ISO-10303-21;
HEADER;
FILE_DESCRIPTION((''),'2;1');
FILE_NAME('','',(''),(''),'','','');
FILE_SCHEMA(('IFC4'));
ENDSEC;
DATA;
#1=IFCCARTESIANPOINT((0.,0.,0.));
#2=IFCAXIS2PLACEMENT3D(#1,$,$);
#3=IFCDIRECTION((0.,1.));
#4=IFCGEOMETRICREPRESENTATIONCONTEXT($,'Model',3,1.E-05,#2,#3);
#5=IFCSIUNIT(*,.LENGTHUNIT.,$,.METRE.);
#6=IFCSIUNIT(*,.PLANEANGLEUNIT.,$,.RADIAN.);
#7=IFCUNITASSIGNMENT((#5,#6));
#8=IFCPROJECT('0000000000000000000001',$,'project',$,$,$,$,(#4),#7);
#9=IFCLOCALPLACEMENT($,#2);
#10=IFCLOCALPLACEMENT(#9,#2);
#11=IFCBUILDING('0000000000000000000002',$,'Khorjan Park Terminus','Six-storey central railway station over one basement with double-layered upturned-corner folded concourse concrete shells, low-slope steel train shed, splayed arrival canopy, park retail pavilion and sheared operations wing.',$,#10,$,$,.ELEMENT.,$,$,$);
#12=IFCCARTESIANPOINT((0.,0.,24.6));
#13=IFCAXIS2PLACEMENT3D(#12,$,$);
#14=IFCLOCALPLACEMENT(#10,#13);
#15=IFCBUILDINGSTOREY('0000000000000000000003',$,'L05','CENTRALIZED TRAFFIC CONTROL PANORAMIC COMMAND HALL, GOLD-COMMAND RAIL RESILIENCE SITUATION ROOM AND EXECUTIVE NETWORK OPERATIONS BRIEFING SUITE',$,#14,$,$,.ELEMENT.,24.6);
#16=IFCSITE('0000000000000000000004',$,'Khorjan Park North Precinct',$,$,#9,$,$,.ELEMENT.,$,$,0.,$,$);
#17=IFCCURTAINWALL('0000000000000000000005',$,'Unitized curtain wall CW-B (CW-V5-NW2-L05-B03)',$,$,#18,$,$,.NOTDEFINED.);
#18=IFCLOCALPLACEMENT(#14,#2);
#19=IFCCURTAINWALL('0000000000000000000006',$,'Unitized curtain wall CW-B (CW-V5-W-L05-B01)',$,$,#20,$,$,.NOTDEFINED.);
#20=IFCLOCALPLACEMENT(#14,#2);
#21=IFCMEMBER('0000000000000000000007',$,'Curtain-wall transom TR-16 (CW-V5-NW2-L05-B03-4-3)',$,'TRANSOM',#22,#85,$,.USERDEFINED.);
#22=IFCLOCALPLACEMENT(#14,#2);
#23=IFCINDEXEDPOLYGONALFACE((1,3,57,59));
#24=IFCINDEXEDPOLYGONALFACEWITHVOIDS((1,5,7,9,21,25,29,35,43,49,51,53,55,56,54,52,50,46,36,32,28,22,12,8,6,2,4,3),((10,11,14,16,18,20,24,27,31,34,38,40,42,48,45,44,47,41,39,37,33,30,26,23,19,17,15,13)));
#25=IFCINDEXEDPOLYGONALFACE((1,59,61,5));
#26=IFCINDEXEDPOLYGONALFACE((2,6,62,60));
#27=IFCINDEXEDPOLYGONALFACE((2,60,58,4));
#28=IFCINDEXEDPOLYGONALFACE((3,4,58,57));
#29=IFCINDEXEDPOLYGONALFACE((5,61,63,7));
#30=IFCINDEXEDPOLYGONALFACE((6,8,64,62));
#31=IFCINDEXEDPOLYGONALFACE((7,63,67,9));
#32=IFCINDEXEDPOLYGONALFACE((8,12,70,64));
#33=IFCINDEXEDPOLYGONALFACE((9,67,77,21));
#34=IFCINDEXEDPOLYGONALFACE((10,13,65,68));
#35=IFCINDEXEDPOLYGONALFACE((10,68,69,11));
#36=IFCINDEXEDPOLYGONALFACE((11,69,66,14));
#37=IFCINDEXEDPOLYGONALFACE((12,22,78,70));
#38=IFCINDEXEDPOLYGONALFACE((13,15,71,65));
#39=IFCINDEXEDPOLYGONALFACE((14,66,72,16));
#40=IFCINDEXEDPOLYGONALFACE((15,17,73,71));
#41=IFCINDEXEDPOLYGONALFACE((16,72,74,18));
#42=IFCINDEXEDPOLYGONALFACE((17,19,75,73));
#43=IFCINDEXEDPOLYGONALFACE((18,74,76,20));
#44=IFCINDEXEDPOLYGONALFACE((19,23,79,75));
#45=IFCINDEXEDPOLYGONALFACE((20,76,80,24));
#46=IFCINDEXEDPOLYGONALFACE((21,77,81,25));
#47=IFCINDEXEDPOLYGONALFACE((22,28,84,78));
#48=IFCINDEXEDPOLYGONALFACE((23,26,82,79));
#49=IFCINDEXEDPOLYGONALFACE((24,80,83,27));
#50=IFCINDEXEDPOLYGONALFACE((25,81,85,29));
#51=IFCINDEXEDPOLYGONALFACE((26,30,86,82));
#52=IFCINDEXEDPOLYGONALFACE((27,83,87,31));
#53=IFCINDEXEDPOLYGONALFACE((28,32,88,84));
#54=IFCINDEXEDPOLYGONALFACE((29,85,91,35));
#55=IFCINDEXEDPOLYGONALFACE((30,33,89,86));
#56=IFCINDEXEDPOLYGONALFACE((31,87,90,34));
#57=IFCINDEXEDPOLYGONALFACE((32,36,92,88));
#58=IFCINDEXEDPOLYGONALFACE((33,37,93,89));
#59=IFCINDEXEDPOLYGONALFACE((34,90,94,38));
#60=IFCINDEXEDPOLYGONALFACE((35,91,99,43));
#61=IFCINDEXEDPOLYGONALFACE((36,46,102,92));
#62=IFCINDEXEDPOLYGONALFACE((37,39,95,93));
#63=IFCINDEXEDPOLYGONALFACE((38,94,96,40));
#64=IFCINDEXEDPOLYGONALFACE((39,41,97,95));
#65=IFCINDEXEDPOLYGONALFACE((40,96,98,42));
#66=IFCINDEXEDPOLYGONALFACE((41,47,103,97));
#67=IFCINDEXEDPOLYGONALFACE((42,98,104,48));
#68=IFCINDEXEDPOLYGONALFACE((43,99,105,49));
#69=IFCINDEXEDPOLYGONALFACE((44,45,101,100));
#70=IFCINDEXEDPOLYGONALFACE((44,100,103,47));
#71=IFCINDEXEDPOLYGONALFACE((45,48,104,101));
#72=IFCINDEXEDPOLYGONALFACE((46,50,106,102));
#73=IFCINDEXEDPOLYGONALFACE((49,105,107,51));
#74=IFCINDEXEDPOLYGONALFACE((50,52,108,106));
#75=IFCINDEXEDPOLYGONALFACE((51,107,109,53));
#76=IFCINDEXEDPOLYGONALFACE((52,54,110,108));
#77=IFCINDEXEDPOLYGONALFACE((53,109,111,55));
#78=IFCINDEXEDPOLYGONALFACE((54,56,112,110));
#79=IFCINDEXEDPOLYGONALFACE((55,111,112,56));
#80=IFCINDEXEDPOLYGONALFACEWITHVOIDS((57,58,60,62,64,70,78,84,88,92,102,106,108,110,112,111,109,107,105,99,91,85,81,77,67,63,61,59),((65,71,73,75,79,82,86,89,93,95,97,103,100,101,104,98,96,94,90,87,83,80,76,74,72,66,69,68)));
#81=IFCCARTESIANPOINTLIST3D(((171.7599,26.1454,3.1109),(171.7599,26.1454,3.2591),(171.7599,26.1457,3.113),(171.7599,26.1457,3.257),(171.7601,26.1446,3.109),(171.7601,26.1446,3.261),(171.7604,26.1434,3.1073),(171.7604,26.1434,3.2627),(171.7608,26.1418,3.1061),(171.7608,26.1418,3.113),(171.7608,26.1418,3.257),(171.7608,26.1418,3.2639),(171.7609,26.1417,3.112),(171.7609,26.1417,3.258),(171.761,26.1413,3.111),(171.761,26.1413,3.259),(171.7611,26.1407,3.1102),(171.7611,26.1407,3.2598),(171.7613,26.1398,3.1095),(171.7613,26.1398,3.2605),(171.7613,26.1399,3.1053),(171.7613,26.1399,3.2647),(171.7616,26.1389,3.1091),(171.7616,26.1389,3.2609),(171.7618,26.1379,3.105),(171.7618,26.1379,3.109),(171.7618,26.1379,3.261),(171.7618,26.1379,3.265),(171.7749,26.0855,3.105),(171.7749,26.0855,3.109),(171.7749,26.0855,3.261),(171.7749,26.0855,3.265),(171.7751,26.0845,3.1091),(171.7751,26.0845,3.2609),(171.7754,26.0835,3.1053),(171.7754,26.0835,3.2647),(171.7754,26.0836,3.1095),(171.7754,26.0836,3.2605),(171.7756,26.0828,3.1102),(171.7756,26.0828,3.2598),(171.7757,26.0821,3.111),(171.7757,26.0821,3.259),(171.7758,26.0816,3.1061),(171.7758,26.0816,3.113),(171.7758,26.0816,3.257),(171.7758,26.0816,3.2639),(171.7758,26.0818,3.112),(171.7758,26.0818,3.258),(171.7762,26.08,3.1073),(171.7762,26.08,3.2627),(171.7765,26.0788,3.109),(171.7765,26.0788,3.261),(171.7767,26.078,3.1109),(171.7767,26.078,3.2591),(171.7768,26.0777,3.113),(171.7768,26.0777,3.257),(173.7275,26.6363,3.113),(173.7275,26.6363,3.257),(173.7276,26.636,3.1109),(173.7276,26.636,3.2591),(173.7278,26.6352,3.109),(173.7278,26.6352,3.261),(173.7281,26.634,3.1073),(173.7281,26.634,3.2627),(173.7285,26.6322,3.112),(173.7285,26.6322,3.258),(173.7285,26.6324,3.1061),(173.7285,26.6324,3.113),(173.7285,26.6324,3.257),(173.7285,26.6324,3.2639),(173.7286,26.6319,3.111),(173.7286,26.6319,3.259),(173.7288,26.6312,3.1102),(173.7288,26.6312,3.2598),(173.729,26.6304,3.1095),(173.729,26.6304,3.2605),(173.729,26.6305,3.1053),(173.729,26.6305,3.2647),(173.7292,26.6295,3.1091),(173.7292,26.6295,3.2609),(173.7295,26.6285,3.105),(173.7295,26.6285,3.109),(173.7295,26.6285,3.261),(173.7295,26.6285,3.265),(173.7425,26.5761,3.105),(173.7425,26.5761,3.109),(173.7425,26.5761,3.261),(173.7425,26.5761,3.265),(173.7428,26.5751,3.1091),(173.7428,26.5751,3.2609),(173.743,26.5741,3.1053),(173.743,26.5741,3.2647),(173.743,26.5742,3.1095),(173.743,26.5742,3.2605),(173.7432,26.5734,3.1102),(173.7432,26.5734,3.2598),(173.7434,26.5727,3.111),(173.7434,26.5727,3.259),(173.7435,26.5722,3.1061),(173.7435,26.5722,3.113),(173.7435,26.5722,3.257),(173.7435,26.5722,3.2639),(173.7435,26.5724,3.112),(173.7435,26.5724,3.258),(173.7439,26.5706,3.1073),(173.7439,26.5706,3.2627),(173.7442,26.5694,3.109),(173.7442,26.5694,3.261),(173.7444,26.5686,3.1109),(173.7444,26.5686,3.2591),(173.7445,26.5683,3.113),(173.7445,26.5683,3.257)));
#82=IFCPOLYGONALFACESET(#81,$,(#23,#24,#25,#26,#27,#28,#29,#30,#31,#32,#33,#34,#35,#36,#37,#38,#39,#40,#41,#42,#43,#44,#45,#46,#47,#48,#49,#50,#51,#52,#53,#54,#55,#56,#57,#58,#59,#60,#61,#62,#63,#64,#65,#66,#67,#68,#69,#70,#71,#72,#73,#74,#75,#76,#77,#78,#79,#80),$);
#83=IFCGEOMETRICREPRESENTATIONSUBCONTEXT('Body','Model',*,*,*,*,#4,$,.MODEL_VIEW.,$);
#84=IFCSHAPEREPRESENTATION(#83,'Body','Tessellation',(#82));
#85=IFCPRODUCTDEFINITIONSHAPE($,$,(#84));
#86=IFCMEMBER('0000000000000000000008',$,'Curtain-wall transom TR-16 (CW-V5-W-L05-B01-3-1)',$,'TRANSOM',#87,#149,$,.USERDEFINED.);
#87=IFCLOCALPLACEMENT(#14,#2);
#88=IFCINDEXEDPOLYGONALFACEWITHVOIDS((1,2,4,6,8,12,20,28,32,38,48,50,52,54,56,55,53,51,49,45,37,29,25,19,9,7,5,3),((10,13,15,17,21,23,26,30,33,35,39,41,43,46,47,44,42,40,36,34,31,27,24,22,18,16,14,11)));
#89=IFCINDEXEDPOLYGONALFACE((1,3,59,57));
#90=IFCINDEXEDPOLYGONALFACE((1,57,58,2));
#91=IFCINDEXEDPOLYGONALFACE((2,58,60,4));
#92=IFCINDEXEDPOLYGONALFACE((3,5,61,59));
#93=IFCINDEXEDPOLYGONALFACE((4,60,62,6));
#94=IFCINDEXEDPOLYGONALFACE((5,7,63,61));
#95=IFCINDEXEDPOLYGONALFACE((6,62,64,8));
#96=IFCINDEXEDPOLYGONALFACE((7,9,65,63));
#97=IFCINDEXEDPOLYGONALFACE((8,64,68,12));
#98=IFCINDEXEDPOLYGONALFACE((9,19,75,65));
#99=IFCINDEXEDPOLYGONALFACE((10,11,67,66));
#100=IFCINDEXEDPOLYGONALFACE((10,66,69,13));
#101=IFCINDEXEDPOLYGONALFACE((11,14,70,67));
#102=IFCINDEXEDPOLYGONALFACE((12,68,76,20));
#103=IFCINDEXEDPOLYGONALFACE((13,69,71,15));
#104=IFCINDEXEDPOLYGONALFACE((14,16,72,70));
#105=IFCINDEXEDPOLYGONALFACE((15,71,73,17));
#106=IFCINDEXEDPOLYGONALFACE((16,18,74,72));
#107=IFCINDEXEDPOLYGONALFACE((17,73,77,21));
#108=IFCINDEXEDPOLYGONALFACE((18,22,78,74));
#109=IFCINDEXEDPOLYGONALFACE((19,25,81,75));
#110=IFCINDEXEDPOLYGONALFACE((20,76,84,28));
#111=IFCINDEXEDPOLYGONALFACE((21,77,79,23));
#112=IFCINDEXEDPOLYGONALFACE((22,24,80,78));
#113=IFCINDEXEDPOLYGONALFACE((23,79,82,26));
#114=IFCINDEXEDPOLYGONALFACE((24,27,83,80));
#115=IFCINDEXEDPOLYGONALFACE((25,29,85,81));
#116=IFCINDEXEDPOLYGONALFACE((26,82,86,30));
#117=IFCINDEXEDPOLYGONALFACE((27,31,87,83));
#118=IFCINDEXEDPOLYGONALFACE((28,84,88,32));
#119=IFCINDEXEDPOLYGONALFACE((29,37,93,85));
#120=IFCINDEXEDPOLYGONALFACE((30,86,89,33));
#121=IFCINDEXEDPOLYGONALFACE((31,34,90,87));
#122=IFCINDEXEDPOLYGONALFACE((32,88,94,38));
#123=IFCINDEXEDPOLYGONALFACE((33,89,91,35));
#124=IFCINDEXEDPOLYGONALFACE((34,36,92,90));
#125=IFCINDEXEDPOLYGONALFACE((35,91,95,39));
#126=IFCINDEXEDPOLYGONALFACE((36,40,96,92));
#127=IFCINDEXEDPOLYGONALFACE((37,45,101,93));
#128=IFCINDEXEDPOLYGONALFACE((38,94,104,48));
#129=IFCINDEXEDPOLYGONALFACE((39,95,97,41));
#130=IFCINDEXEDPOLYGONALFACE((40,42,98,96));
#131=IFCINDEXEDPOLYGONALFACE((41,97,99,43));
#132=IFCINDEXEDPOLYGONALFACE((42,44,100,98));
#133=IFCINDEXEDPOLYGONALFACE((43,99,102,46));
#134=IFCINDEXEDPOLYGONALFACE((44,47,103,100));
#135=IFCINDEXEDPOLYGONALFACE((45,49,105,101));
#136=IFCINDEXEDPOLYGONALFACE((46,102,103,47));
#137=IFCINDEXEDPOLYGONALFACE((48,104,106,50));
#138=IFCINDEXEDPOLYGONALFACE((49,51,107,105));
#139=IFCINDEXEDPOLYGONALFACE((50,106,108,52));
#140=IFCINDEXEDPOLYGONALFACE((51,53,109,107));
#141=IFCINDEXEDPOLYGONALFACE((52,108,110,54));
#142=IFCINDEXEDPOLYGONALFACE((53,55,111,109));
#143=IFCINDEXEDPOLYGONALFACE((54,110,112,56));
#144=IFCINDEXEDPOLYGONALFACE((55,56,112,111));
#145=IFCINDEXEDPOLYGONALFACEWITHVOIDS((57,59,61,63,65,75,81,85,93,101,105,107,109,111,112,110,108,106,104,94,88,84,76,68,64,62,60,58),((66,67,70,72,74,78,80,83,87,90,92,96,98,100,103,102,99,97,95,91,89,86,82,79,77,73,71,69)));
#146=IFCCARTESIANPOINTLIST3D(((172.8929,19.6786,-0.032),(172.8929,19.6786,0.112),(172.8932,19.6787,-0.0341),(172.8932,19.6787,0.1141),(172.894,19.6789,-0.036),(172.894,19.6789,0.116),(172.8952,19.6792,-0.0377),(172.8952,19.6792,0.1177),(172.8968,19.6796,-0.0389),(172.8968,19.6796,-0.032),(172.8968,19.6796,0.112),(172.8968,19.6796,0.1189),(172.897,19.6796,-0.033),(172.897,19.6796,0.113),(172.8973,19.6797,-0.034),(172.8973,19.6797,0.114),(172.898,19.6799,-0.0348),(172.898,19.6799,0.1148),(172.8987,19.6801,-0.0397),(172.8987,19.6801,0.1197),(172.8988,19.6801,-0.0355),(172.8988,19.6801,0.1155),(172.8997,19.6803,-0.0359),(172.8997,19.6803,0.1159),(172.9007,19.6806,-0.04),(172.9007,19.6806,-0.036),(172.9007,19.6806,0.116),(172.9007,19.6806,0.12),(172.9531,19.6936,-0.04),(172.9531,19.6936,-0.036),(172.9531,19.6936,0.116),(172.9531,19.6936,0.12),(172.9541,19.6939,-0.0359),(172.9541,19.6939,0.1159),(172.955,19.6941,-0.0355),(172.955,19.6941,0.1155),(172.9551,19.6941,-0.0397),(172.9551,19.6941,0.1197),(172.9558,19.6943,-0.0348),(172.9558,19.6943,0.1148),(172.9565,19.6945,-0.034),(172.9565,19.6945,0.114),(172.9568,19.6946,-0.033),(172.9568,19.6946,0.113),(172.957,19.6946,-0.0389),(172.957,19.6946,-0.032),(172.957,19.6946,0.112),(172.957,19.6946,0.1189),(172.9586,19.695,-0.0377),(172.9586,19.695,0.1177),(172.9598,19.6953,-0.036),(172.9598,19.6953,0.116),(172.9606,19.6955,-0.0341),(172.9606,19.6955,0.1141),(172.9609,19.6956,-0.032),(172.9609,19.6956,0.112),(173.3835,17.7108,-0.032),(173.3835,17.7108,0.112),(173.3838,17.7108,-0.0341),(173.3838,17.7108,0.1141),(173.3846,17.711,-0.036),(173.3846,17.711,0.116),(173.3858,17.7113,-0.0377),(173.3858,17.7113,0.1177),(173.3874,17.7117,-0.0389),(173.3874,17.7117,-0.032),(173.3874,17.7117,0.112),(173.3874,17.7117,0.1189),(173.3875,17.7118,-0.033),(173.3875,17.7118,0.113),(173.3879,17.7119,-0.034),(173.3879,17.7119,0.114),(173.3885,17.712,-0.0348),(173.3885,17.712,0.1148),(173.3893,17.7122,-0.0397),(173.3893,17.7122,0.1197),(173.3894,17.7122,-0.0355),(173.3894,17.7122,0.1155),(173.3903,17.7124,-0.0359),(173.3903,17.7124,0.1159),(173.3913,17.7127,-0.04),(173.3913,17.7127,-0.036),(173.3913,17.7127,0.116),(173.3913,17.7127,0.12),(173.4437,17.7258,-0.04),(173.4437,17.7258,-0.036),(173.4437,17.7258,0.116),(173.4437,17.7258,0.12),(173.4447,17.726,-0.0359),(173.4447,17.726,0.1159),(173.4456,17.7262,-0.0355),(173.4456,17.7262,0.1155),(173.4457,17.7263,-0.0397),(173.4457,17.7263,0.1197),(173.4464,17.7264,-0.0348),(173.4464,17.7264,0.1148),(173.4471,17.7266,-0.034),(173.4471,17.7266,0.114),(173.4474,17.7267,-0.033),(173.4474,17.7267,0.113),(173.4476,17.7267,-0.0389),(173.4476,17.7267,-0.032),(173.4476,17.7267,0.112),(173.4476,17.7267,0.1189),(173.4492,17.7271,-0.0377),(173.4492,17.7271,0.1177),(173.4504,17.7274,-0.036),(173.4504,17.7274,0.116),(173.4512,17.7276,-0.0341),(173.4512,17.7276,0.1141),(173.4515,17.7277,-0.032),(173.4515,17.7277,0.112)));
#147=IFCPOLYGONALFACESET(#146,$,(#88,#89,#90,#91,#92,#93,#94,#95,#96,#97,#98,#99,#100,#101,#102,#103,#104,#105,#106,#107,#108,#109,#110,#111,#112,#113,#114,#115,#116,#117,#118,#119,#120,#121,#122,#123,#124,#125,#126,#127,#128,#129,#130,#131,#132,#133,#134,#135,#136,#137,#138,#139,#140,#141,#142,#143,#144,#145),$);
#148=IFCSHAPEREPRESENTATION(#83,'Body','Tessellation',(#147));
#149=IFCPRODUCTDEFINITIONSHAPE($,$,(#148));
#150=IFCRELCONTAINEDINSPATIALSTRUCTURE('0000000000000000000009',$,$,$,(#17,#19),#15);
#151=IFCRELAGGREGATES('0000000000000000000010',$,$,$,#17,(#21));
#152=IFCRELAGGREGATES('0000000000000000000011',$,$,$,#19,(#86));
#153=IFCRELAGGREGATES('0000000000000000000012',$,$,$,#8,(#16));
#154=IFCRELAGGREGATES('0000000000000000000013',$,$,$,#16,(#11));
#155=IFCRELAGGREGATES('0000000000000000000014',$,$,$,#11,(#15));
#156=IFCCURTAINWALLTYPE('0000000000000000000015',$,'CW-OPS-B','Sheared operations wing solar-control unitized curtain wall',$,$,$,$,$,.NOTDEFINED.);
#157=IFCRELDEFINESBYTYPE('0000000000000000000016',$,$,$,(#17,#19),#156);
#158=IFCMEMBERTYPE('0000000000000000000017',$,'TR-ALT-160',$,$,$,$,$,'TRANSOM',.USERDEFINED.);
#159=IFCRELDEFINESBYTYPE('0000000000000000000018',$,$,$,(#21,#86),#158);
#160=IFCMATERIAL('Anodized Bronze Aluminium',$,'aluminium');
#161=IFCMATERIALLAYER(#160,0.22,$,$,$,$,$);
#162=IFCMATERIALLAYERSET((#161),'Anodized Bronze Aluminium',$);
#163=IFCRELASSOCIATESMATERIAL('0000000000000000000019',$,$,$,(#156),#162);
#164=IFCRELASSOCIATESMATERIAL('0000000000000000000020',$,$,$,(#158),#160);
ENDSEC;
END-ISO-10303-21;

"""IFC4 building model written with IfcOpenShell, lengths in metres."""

from ifc_helpers import new_model, si_unit, direction, frame, origin, origin_2d, place, context, subcontext, project, spatial, hollow_rectangle, extrude, material, layer, layer_set, material_profile, profile_set, type_object, element, aggregate, save


model = new_model("IFC4")

# Units and contexts
model_context = context("Model", 3, precision=1e-05, world=origin(), true_north=direction((0.0, 1.0)))
body_context = subcontext(model_context, "Body", "Model", "MODEL_VIEW")
ifc_project = project(units=[si_unit("LENGTHUNIT", "METRE"), si_unit("PLANEANGLEUNIT", "RADIAN")], contexts=[model_context])

# Site, building, storey
site_placement = place(None, origin())
site = spatial("IfcSite", under=ifc_project, at=site_placement, Name="Khorjan Park North Precinct", CompositionType="ELEMENT", RefElevation=0.0)
building_placement = place(site_placement, origin())
building = spatial("IfcBuilding", under=site, at=building_placement, Name="Khorjan Park Terminus", Description="Six-storey central railway station over one basement with double-layered upturned-corner folded concourse concrete shells, low-slope steel train shed, splayed arrival canopy, park retail pavilion and sheared operations wing.", CompositionType="ELEMENT")
storey_placement = place(building_placement, frame((0.0, 0.0, 24.6)))
storey = spatial("IfcBuildingStorey", under=building, at=storey_placement, Name="L05", Description="CENTRALIZED TRAFFIC CONTROL PANORAMIC COMMAND HALL, GOLD-COMMAND RAIL RESILIENCE SITUATION ROOM AND EXECUTIVE NETWORK OPERATIONS BRIEFING SUITE", CompositionType="ELEMENT", Elevation=24.6)

# Curtain wall
ifc_material_1 = material(Name="Anodized Bronze Aluminium", Category="aluminium")
ifc_layer_1 = layer(ifc_material_1, 0.22)
ifc_layer_set_1 = layer_set([ifc_layer_1], Name="Anodized Bronze Aluminium")
curtain_wall_type = type_object("IfcCurtainWallType", Name="CW-OPS-B", Description="Sheared operations wing solar-control unitized curtain wall", PredefinedType="NOTDEFINED", material=ifc_layer_set_1)
curtain_wall_1_placement = place(storey_placement, origin())
curtain_wall_1 = element("IfcCurtainWall", 1, at=curtain_wall_1_placement, inside=storey, type_object=curtain_wall_type, Name="Unitized curtain wall CW-B (CW-V5-NW2-L05-B03)", PredefinedType="NOTDEFINED")

# Curtain wall
curtain_wall_2_placement = place(storey_placement, origin())
curtain_wall_2 = element("IfcCurtainWall", 2, at=curtain_wall_2_placement, inside=storey, type_object=curtain_wall_type, Name="Unitized curtain wall CW-B (CW-V5-W-L05-B01)", PredefinedType="NOTDEFINED")

# Members
ifc_material_profile_1 = material_profile(ifc_material_1, hollow_rectangle(XDim=0.07, YDim=0.16, WallThickness=0.004, InnerFilletRadius=0.004, OuterFilletRadius=0.008, at=origin_2d()), Name="ALT 70x160x4")
ifc_profile_set_1 = profile_set([ifc_material_profile_1], Name="Anodized Bronze Aluminium")
member_type_1 = type_object("IfcMemberType", Name="TR-ALT-160", ElementType="TRANSOM", PredefinedType="USERDEFINED", material=ifc_profile_set_1)
member_1_placement = place(storey_placement, frame((173.736, 26.6023, 3.185), z_axis=(-0.970296, -0.241921, 0.0), x_axis=(0.241921, -0.970296, 0.0)))
member_1 = element("IfcMember", 3, at=member_1_placement, type_object=member_type_1, Name="Curtain-wall transom TR-16 (CW-V5-NW2-L05-B03-4-3)", ObjectType="TRANSOM", PredefinedType="USERDEFINED", context=body_context, shape_type="SweptSolid", body=[
    extrude(hollow_rectangle(XDim=0.07, YDim=0.16, WallThickness=0.004, InnerFilletRadius=0.004, OuterFilletRadius=0.008, at=origin_2d()), origin(), (0.0, 0.0, 1.0), 2.0279),
])
member_2_placement = place(storey_placement, frame((172.9269, 19.6871, 0.04), z_axis=(0.241897, -0.970302, 0.0), x_axis=(0.970302, 0.241897, 0.0)))
member_2 = element("IfcMember", 4, at=member_2_placement, type_object=member_type_1, Name="Curtain-wall transom TR-16 (CW-V5-W-L05-B01-3-1)", ObjectType="TRANSOM", PredefinedType="USERDEFINED", context=body_context, shape_type="SweptSolid", body=[
    extrude(hollow_rectangle(XDim=0.07, YDim=0.16, WallThickness=0.004, InnerFilletRadius=0.004, OuterFilletRadius=0.008, at=origin_2d()), origin(), (0.0, 0.0, 1.0), 2.0281),
])

aggregate(curtain_wall_1, [member_1])
aggregate(curtain_wall_2, [member_2])

save(model, "model.ifc")
